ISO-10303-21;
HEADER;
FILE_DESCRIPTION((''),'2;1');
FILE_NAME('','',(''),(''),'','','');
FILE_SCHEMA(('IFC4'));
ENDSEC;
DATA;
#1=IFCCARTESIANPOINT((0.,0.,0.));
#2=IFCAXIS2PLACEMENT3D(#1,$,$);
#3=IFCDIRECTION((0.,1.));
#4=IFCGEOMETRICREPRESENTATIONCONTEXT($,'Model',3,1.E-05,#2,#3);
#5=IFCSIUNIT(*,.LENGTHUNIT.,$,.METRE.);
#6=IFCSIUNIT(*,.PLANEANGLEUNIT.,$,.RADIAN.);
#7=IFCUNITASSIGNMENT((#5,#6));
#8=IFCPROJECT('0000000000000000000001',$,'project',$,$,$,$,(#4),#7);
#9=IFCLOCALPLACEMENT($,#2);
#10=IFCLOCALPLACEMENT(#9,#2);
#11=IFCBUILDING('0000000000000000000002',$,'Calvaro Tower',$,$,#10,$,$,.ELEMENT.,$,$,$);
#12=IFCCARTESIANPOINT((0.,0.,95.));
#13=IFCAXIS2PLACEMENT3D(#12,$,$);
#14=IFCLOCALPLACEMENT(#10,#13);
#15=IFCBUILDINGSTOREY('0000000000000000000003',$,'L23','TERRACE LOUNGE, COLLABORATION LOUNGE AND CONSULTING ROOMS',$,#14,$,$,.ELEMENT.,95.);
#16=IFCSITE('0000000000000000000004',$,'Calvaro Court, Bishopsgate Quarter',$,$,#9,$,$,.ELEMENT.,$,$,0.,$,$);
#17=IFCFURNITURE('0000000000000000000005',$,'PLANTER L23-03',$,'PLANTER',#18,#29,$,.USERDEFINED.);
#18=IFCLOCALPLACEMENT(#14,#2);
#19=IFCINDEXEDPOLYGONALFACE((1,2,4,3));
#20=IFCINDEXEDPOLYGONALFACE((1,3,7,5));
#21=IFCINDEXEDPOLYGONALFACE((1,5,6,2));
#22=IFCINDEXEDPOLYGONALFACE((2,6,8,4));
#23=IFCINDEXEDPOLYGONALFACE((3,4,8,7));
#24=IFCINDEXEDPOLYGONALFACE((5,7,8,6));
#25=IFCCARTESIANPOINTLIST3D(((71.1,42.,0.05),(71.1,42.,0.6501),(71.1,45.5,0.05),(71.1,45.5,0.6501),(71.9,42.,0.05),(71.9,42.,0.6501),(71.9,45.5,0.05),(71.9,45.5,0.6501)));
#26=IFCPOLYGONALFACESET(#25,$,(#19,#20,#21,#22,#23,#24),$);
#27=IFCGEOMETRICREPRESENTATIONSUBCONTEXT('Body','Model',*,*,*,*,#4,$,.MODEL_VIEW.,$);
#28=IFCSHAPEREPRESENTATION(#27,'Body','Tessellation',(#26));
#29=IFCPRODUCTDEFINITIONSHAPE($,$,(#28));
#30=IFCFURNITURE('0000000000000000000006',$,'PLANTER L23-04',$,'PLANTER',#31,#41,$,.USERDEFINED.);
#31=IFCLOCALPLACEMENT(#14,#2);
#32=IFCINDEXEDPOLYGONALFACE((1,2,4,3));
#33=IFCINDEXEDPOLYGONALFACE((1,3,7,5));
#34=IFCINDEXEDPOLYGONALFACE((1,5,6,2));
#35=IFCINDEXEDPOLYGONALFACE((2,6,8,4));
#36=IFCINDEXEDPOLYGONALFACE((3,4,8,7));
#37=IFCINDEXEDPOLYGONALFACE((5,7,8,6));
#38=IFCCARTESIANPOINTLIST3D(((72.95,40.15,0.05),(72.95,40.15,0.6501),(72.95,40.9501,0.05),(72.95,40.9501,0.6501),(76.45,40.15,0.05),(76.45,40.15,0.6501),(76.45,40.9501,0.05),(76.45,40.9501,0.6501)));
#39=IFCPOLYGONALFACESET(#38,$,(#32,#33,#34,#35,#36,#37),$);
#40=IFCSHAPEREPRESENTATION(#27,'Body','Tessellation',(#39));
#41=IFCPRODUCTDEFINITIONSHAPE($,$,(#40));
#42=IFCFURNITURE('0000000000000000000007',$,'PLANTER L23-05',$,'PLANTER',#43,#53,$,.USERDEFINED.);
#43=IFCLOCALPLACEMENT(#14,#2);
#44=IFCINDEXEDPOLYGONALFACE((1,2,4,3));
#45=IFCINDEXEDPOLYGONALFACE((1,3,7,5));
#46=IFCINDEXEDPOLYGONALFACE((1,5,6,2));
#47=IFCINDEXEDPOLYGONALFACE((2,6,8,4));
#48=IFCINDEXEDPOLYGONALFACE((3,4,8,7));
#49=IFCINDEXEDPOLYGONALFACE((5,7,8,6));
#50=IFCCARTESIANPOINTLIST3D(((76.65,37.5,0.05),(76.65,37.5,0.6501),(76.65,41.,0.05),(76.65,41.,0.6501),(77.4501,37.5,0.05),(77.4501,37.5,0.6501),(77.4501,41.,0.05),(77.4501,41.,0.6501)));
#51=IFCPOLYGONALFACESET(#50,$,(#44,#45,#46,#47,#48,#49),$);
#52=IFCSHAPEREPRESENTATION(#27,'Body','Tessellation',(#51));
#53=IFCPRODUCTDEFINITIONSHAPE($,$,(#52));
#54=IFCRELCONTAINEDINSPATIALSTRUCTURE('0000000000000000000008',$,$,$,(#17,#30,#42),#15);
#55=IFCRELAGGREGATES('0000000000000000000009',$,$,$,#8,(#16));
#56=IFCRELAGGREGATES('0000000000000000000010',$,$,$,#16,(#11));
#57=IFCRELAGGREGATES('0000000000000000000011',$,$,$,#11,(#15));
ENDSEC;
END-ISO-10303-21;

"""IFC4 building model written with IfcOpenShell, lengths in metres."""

from ifc_helpers import new_model, si_unit, direction, frame, origin, origin_2d, place, context, subcontext, project, spatial, rectangle, extrude, element, save


model = new_model("IFC4")

# Units and contexts
model_context = context("Model", 3, precision=1e-05, world=origin(), true_north=direction((0.0, 1.0)))
body_context = subcontext(model_context, "Body", "Model", "MODEL_VIEW")
ifc_project = project(units=[si_unit("LENGTHUNIT", "METRE"), si_unit("PLANEANGLEUNIT", "RADIAN")], contexts=[model_context])

# Site, building, storey
site_placement = place(None, origin())
site = spatial("IfcSite", under=ifc_project, at=site_placement, Name="Calvaro Court, Bishopsgate Quarter", CompositionType="ELEMENT", RefElevation=0.0)
building_placement = place(site_placement, origin())
building = spatial("IfcBuilding", under=site, at=building_placement, Name="Calvaro Tower", CompositionType="ELEMENT")
storey_placement = place(building_placement, frame((0.0, 0.0, 95.0)))
storey = spatial("IfcBuildingStorey", under=building, at=storey_placement, Name="L23", Description="TERRACE LOUNGE, COLLABORATION LOUNGE AND CONSULTING ROOMS", CompositionType="ELEMENT", Elevation=95.0)

# Furniture
furniture_1_placement = place(storey_placement, frame((71.5, 43.75, 0.05), z_axis=(0.0, 0.0, 1.0), x_axis=(1.0, 0.0, 0.0)))
element("IfcFurniture", 1, at=furniture_1_placement, inside=storey, Name="PLANTER L23-03", ObjectType="PLANTER", PredefinedType="USERDEFINED", context=body_context, shape_type="SweptSolid", body=[
    extrude(rectangle(XDim=0.8, YDim=3.5, at=origin_2d()), origin(), (0.0, 0.0, 1.0), 0.6001),
])
furniture_2_placement = place(storey_placement, frame((74.7, 40.55, 0.05), z_axis=(0.0, 0.0, 1.0), x_axis=(1.0, 0.0, 0.0)))
element("IfcFurniture", 2, at=furniture_2_placement, inside=storey, Name="PLANTER L23-04", ObjectType="PLANTER", PredefinedType="USERDEFINED", context=body_context, shape_type="SweptSolid", body=[
    extrude(rectangle(XDim=3.5, YDim=0.8, at=origin_2d()), origin(), (0.0, 0.0, 1.0), 0.6001),
])
furniture_3_placement = place(storey_placement, frame((77.05, 39.25, 0.05), z_axis=(0.0, 0.0, 1.0), x_axis=(1.0, 0.0, 0.0)))
element("IfcFurniture", 3, at=furniture_3_placement, inside=storey, Name="PLANTER L23-05", ObjectType="PLANTER", PredefinedType="USERDEFINED", context=body_context, shape_type="SweptSolid", body=[
    extrude(rectangle(XDim=0.8, YDim=3.5, at=origin_2d()), origin(), (0.0, 0.0, 1.0), 0.6001),
])

save(model, "model.ifc")
